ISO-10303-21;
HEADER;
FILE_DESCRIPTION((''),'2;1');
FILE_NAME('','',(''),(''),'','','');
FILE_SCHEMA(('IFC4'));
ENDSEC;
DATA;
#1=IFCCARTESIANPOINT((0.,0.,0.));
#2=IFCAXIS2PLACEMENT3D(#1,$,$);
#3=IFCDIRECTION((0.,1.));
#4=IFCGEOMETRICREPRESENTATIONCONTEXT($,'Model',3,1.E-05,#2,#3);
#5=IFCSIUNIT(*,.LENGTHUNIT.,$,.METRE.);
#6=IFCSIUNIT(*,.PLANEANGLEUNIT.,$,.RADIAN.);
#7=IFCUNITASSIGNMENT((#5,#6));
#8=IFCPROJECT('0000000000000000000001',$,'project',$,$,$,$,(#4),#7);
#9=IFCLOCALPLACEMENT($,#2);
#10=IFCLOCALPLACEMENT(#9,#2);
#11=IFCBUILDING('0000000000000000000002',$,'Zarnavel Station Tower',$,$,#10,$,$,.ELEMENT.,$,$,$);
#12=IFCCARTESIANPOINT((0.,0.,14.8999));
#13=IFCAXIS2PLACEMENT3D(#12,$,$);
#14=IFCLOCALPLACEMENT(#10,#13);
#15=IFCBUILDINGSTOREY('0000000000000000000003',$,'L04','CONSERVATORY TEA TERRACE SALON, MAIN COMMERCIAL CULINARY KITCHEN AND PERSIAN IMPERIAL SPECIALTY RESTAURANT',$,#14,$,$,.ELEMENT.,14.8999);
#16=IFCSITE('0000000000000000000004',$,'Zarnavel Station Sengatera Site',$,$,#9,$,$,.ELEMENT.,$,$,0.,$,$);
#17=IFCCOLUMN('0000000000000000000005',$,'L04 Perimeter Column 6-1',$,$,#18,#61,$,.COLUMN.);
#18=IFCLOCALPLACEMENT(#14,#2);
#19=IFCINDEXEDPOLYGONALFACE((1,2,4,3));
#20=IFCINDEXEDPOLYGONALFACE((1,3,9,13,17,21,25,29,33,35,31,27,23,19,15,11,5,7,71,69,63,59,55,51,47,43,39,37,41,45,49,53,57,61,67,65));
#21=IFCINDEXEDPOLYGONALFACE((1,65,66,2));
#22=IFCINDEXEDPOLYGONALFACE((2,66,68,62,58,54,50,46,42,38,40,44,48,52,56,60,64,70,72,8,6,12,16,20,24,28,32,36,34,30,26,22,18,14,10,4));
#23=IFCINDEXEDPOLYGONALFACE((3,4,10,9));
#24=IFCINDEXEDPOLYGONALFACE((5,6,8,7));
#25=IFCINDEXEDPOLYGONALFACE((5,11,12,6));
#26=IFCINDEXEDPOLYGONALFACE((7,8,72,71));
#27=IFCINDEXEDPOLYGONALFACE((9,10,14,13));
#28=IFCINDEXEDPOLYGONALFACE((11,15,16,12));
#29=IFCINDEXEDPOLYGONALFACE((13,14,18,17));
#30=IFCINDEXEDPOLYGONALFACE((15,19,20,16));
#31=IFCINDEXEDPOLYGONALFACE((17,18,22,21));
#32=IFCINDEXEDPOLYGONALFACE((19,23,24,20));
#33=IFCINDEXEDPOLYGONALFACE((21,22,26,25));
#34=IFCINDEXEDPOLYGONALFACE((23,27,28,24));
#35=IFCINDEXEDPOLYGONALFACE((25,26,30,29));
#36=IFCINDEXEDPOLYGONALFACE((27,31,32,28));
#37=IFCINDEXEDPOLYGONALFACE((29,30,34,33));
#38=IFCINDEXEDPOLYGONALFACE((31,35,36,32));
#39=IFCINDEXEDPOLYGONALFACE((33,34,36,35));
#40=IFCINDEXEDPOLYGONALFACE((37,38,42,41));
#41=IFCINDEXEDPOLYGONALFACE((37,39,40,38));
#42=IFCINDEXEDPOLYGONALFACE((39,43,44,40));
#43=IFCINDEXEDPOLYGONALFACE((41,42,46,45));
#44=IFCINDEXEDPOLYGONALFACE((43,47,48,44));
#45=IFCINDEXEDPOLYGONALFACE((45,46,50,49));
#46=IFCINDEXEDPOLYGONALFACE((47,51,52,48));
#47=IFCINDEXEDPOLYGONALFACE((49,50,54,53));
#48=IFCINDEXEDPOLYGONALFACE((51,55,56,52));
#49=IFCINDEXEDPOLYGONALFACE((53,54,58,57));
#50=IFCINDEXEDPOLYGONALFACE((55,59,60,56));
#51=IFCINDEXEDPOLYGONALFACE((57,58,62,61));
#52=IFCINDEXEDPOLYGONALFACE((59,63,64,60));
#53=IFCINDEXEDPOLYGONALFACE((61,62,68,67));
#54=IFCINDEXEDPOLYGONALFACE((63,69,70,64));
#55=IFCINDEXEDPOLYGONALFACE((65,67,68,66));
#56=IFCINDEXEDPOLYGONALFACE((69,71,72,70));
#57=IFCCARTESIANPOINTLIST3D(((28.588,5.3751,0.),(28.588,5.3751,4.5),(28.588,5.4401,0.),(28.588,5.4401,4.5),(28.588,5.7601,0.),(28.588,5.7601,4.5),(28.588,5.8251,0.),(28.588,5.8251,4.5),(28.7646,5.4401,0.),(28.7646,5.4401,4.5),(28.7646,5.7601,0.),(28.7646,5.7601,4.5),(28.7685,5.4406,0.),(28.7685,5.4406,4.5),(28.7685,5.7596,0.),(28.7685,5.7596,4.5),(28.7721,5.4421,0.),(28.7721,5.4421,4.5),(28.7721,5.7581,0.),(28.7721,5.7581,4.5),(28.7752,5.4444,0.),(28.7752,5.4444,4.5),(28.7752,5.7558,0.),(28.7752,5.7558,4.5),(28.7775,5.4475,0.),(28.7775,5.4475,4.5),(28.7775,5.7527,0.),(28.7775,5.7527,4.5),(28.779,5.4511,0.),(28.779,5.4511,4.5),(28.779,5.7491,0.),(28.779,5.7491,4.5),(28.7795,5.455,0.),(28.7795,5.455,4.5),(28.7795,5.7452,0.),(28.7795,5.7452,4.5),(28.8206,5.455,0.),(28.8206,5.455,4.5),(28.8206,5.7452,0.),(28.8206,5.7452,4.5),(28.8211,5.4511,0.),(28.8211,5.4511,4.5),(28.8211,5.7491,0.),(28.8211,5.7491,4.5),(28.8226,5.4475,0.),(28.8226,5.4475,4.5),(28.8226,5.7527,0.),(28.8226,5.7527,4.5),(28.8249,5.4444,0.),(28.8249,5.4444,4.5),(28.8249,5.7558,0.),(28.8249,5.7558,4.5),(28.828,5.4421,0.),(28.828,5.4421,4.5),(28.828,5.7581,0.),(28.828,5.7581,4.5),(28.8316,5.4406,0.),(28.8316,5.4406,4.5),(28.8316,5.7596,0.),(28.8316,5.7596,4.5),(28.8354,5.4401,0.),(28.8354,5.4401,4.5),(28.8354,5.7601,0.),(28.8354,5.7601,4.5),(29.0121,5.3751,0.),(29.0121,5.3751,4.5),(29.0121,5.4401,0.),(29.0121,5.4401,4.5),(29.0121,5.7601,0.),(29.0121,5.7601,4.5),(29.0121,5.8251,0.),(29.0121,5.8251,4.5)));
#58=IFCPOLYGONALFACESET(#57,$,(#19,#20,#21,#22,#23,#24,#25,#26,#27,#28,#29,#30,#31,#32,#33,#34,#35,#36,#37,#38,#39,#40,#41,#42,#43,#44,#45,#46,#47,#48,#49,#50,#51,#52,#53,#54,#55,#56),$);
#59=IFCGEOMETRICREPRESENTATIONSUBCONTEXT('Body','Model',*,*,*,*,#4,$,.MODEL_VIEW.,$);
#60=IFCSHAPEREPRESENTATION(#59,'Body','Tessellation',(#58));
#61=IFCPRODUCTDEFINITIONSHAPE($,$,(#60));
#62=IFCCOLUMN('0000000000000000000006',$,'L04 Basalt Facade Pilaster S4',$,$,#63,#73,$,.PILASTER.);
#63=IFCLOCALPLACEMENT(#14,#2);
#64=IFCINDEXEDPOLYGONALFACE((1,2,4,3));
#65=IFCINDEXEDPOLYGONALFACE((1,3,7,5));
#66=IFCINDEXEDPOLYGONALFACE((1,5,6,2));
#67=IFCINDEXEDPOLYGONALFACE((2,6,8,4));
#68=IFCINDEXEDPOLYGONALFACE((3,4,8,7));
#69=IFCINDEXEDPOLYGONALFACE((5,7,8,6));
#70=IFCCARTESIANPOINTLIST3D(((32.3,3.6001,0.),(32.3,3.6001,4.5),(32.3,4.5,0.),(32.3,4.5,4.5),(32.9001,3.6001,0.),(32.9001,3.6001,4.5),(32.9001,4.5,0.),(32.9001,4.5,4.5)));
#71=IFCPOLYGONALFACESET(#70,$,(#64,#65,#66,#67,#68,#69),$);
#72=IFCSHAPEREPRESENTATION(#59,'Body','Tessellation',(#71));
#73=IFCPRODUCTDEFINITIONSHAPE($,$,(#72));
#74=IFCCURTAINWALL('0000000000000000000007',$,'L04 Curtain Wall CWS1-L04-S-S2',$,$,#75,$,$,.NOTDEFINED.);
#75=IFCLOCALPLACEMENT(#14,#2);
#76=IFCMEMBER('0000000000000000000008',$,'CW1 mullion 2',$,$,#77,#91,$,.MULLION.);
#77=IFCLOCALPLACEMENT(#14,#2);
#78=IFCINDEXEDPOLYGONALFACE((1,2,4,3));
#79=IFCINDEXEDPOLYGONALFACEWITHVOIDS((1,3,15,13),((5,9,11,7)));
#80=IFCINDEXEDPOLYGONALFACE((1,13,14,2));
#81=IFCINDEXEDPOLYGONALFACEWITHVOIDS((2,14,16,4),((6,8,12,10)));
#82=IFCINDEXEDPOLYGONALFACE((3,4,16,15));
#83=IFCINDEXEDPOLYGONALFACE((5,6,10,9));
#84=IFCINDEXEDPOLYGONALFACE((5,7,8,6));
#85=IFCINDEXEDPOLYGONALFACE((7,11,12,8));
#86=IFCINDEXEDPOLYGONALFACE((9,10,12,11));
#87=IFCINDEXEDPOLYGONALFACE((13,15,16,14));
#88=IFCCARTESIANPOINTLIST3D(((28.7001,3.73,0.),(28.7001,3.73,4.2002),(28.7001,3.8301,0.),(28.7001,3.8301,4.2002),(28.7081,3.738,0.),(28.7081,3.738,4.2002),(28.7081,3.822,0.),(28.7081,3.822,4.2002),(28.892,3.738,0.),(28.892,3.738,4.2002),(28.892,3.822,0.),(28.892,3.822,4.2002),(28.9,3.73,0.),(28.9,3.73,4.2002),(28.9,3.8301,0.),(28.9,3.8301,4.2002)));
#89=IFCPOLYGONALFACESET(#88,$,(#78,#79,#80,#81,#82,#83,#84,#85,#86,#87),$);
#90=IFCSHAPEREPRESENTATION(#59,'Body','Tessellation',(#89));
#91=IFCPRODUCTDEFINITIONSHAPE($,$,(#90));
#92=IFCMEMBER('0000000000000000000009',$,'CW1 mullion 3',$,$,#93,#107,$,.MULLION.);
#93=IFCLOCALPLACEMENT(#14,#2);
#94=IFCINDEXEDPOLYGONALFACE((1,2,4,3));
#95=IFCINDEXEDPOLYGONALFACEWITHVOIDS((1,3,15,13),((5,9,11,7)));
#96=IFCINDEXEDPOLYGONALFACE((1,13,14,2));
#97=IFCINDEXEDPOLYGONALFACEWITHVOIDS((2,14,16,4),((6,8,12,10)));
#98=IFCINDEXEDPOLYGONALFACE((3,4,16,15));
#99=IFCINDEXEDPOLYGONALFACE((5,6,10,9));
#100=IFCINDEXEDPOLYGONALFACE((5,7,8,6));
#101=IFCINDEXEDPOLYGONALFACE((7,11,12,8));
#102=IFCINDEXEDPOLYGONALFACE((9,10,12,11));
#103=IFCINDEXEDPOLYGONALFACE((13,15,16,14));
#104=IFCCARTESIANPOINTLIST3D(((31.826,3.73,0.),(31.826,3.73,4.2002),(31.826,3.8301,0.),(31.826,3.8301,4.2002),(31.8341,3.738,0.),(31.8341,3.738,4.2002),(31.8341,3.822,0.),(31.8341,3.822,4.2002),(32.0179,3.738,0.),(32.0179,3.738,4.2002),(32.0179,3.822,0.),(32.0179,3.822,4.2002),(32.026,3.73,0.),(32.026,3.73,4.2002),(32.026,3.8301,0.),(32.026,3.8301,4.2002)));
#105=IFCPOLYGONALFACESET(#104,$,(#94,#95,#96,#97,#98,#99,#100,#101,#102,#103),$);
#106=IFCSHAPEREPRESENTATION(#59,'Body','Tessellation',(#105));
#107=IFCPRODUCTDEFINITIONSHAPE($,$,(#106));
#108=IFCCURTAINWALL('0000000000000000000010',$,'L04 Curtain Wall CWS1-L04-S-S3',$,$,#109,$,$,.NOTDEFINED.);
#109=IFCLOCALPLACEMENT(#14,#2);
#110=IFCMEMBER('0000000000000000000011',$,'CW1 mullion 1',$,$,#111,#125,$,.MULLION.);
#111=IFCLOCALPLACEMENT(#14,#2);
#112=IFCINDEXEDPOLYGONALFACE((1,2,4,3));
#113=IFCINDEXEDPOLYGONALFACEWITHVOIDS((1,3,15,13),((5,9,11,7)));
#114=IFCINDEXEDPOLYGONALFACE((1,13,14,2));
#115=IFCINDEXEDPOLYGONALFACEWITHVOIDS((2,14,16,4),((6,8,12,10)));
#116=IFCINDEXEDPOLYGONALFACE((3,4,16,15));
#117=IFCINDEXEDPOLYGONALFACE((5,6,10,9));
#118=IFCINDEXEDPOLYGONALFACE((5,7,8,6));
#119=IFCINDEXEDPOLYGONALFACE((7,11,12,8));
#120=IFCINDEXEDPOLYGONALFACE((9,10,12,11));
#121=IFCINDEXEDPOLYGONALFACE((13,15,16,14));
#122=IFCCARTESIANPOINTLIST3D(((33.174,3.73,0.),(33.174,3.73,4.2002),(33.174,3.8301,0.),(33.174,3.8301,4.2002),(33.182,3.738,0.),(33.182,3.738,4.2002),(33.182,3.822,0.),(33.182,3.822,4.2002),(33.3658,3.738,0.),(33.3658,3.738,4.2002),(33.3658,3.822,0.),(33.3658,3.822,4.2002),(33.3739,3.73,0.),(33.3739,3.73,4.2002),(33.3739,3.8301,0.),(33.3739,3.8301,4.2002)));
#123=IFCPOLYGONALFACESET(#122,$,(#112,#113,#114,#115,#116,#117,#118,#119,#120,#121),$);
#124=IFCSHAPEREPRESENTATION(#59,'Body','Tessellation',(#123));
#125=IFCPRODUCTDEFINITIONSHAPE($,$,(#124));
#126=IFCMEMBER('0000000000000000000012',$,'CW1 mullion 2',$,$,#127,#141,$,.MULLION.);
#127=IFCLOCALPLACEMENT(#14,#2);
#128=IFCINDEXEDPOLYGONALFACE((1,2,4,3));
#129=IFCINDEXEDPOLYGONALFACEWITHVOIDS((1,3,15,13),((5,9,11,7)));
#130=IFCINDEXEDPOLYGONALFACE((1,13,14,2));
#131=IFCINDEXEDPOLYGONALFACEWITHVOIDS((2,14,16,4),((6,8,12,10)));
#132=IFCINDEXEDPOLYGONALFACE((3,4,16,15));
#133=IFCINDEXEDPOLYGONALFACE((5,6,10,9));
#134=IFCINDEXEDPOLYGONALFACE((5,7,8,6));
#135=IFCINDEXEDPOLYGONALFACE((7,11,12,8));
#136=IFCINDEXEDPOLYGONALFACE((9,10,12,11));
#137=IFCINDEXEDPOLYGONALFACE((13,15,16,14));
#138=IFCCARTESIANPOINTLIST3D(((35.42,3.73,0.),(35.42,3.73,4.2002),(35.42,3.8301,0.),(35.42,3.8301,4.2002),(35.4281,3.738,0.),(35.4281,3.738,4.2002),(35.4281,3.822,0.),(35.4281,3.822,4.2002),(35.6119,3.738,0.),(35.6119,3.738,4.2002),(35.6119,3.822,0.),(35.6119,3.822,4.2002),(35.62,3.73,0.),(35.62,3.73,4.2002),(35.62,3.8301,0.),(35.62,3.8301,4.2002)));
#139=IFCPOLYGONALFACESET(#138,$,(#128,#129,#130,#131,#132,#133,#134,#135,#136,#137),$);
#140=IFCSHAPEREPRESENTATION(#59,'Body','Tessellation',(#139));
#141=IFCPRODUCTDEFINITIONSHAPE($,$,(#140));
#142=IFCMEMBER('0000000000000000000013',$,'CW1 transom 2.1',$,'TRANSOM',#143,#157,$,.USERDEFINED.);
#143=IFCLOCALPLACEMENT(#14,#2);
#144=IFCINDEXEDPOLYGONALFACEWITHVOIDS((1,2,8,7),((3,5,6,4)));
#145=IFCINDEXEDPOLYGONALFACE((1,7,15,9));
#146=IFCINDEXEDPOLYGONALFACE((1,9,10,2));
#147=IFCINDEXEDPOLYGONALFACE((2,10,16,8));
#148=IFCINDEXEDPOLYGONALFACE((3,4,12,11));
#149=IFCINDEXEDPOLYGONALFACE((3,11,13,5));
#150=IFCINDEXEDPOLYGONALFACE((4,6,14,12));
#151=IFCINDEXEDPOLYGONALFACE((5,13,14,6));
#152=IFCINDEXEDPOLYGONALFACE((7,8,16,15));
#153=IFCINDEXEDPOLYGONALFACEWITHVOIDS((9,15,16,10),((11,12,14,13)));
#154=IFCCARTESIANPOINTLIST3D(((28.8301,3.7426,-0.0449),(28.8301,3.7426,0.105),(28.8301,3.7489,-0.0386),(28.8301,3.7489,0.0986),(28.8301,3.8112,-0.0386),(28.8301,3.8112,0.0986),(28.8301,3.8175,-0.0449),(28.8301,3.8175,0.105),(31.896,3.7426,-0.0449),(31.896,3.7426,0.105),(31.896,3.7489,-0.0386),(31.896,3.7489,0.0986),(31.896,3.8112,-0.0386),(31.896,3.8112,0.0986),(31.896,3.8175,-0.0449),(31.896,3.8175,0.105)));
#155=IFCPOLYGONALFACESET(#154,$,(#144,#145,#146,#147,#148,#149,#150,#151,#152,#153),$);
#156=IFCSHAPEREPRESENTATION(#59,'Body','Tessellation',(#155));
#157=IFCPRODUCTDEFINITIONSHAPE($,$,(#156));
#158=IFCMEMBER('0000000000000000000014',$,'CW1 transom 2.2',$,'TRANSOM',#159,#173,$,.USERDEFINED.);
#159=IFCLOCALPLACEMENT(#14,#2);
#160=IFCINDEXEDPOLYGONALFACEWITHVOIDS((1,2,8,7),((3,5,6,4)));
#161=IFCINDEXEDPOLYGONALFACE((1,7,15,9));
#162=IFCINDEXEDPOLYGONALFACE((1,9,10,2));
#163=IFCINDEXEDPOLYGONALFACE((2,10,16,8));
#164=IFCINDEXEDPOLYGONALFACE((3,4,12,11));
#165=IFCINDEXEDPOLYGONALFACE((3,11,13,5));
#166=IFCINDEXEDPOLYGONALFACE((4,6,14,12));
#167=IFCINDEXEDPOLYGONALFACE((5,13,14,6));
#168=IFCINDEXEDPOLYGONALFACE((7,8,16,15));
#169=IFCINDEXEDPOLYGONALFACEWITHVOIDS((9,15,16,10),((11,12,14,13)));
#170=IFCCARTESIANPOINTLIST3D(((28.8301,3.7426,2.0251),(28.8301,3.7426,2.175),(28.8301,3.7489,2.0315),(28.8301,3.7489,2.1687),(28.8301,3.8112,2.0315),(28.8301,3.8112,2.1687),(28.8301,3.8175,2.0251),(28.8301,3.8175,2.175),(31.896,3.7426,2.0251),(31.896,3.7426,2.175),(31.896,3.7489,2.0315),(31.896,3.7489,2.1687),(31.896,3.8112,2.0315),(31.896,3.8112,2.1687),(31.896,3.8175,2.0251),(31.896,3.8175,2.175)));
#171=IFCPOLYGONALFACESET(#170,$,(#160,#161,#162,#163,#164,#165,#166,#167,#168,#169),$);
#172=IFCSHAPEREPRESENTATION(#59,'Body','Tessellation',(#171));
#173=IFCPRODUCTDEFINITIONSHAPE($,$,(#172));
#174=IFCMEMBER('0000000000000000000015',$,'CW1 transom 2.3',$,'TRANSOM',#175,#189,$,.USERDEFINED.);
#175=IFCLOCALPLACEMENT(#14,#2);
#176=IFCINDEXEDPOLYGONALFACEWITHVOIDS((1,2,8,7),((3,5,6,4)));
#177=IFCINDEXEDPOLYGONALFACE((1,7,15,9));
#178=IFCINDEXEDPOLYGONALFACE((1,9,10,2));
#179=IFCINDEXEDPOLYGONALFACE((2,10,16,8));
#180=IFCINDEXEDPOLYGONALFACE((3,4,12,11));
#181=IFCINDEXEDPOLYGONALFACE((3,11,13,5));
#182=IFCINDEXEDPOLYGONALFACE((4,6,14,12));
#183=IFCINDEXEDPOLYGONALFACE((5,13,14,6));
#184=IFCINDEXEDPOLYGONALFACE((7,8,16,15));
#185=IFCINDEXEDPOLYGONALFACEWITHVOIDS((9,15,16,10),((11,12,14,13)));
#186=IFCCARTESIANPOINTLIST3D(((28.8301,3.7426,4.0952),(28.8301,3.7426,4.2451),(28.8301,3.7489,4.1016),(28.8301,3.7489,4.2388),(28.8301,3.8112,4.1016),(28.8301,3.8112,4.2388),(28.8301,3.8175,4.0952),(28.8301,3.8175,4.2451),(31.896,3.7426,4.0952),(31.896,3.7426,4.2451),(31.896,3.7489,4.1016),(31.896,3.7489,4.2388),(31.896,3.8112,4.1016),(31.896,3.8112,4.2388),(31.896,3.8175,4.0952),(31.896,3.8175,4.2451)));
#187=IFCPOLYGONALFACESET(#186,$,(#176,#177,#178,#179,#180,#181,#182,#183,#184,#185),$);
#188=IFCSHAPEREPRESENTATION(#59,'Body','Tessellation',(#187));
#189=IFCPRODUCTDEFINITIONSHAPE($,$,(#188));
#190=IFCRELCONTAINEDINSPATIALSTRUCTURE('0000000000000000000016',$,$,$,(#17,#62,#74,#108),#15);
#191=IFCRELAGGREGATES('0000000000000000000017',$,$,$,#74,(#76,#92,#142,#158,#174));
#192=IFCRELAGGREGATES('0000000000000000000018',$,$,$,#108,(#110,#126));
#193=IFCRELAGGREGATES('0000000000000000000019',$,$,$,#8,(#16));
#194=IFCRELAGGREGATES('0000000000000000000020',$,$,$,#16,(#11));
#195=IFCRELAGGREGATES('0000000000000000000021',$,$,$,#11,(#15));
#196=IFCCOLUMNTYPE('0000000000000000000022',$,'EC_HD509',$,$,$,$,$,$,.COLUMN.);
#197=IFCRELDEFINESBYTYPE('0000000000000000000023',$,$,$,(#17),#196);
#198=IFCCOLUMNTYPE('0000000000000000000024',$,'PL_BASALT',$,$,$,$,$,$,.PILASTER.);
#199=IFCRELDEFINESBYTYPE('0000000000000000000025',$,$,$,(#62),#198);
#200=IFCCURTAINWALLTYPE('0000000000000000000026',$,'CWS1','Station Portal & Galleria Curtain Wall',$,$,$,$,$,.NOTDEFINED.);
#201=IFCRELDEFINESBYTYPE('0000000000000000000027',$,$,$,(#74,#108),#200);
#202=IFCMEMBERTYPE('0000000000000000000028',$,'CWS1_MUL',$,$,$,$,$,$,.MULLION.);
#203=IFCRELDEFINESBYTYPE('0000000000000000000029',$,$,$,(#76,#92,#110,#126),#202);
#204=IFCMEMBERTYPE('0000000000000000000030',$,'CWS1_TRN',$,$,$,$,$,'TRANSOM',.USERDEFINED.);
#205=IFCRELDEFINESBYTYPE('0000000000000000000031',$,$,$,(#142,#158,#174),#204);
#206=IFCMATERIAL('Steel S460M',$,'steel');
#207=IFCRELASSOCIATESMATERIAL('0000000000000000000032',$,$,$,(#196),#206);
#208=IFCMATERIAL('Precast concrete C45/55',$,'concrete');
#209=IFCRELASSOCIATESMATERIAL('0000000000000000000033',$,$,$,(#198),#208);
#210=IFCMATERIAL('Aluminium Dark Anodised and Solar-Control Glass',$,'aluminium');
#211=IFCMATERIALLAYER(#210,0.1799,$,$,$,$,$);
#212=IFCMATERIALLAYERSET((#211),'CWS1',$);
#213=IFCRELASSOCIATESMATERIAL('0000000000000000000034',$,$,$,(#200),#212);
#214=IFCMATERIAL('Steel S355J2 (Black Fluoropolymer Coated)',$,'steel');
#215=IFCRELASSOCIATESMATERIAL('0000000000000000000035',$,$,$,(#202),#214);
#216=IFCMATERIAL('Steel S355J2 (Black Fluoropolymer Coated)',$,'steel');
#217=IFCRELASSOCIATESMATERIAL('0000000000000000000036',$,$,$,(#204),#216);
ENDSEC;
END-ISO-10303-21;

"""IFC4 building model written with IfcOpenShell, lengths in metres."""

from ifc_helpers import new_model, si_unit, direction, frame, origin, origin_2d, place, context, subcontext, project, spatial, rectangle, hollow_rectangle, i_section, extrude, material, layer, layer_set, material_profile, profile_set, type_object, element, aggregate, save


model = new_model("IFC4")

# Units and contexts
model_context = context("Model", 3, precision=1e-05, world=origin(), true_north=direction((0.0, 1.0)))
body_context = subcontext(model_context, "Body", "Model", "MODEL_VIEW")
ifc_project = project(units=[si_unit("LENGTHUNIT", "METRE"), si_unit("PLANEANGLEUNIT", "RADIAN")], contexts=[model_context])

# Site, building, storey
site_placement = place(None, origin())
site = spatial("IfcSite", under=ifc_project, at=site_placement, Name="Zarnavel Station Sengatera Site", CompositionType="ELEMENT", RefElevation=0.0)
building_placement = place(site_placement, origin())
building = spatial("IfcBuilding", under=site, at=building_placement, Name="Zarnavel Station Tower", CompositionType="ELEMENT")
storey_placement = place(building_placement, frame((0.0, 0.0, 14.8999)))
storey = spatial("IfcBuildingStorey", under=building, at=storey_placement, Name="L04", Description="CONSERVATORY TEA TERRACE SALON, MAIN COMMERCIAL CULINARY KITCHEN AND PERSIAN IMPERIAL SPECIALTY RESTAURANT", CompositionType="ELEMENT", Elevation=14.8999)

# Columns
ifc_material_1 = material(Name="Steel S460M", Category="steel")
ifc_material_profile_1 = material_profile(ifc_material_1, i_section(OverallWidth=0.4241, OverallDepth=0.45, WebThickness=0.041, FlangeThickness=0.0649, FilletRadius=0.0149, at=origin_2d()), Name="HD400x509")
ifc_profile_set_1 = profile_set([ifc_material_profile_1], Name="Steel S460M")
column_type_1 = type_object("IfcColumnType", Name="EC_HD509", PredefinedType="COLUMN", material=ifc_profile_set_1)
column_1_placement = place(storey_placement, frame((28.8, 5.6001, 0.0), z_axis=(0.0, 0.0, 1.0), x_axis=(1.0, 0.0, 0.0)))
element("IfcColumn", 1, at=column_1_placement, inside=storey, type_object=column_type_1, Name="L04 Perimeter Column 6-1", PredefinedType="COLUMN", context=body_context, shape_type="SweptSolid", body=[
    extrude(i_section(OverallWidth=0.4241, OverallDepth=0.45, WebThickness=0.041, FlangeThickness=0.0649, FilletRadius=0.0149, at=origin_2d()), origin(), (0.0, 0.0, 1.0), 4.5),
])
ifc_material_2 = material(Name="Precast concrete C45/55", Category="concrete")
ifc_material_profile_2 = material_profile(ifc_material_2, rectangle(XDim=0.6001, YDim=0.8999, at=origin_2d()), Name="RC600x900")
ifc_profile_set_2 = profile_set([ifc_material_profile_2], Name="Precast concrete C45/55")
column_type_2 = type_object("IfcColumnType", Name="PL_BASALT", PredefinedType="PILASTER", material=ifc_profile_set_2)
column_2_placement = place(storey_placement, frame((32.6001, 4.05, 0.0), z_axis=(0.0, 0.0, 1.0), x_axis=(1.0, 0.0, 0.0)))
element("IfcColumn", 2, at=column_2_placement, inside=storey, type_object=column_type_2, Name="L04 Basalt Facade Pilaster S4", PredefinedType="PILASTER", context=body_context, shape_type="SweptSolid", body=[
    extrude(rectangle(XDim=0.6001, YDim=0.8999, at=origin_2d()), origin(), (0.0, 0.0, 1.0), 4.5),
])

# Curtain walls, members
ifc_material_3 = material(Name="Aluminium Dark Anodised and Solar-Control Glass", Category="aluminium")
ifc_layer_1 = layer(ifc_material_3, 0.1799)
ifc_layer_set_1 = layer_set([ifc_layer_1], Name="CWS1")
curtain_wall_type = type_object("IfcCurtainWallType", Name="CWS1", Description="Station Portal & Galleria Curtain Wall", PredefinedType="NOTDEFINED", material=ifc_layer_set_1)
curtain_wall_1_placement = place(storey_placement, origin())
curtain_wall_1 = element("IfcCurtainWall", 3, at=curtain_wall_1_placement, inside=storey, type_object=curtain_wall_type, Name="L04 Curtain Wall CWS1-L04-S-S2", PredefinedType="NOTDEFINED")
ifc_material_4 = material(Name="Steel S355J2 (Black Fluoropolymer Coated)", Category="steel")
ifc_material_profile_3 = material_profile(ifc_material_4, hollow_rectangle(XDim=0.1001, YDim=0.2, WallThickness=0.0081, at=origin_2d()), Name="RHS200x100x8")
ifc_profile_set_3 = profile_set([ifc_material_profile_3], Name="Steel S355J2 (Black Fluoropolymer Coated)")
member_type_1 = type_object("IfcMemberType", Name="CWS1_MUL", PredefinedType="MULLION", material=ifc_profile_set_3)
member_1_placement = place(storey_placement, frame((28.8, 3.78, 0.0), z_axis=(0.0, 0.0, 1.0), x_axis=(0.0, 1.0, 0.0)))
member_1 = element("IfcMember", 4, at=member_1_placement, type_object=member_type_1, Name="CW1 mullion 2", PredefinedType="MULLION", context=body_context, shape_type="SweptSolid", body=[
    extrude(hollow_rectangle(XDim=0.1001, YDim=0.2, WallThickness=0.0081, at=origin_2d()), origin(), (0.0, 0.0, 1.0), 4.2002),
])
member_2_placement = place(storey_placement, frame((31.926, 3.78, 0.0), z_axis=(0.0, 0.0, 1.0), x_axis=(0.0, 1.0, 0.0)))
member_2 = element("IfcMember", 5, at=member_2_placement, type_object=member_type_1, Name="CW1 mullion 3", PredefinedType="MULLION", context=body_context, shape_type="SweptSolid", body=[
    extrude(hollow_rectangle(XDim=0.1001, YDim=0.2, WallThickness=0.0081, at=origin_2d()), origin(), (0.0, 0.0, 1.0), 4.2002),
])
curtain_wall_2_placement = place(storey_placement, origin())
curtain_wall_2 = element("IfcCurtainWall", 6, at=curtain_wall_2_placement, inside=storey, type_object=curtain_wall_type, Name="L04 Curtain Wall CWS1-L04-S-S3", PredefinedType="NOTDEFINED")
member_3_placement = place(storey_placement, frame((33.2739, 3.78, 0.0), z_axis=(0.0, 0.0, 1.0), x_axis=(0.0, 1.0, 0.0)))
member_3 = element("IfcMember", 7, at=member_3_placement, type_object=member_type_1, Name="CW1 mullion 1", PredefinedType="MULLION", context=body_context, shape_type="SweptSolid", body=[
    extrude(hollow_rectangle(XDim=0.1001, YDim=0.2, WallThickness=0.0081, at=origin_2d()), origin(), (0.0, 0.0, 1.0), 4.2002),
])
member_4_placement = place(storey_placement, frame((35.52, 3.78, 0.0), z_axis=(0.0, 0.0, 1.0), x_axis=(0.0, 1.0, 0.0)))
member_4 = element("IfcMember", 8, at=member_4_placement, type_object=member_type_1, Name="CW1 mullion 2", PredefinedType="MULLION", context=body_context, shape_type="SweptSolid", body=[
    extrude(hollow_rectangle(XDim=0.1001, YDim=0.2, WallThickness=0.0081, at=origin_2d()), origin(), (0.0, 0.0, 1.0), 4.2002),
])

# Members
ifc_material_5 = material(Name="Steel S355J2 (Black Fluoropolymer Coated)", Category="steel")
ifc_material_profile_4 = material_profile(ifc_material_5, hollow_rectangle(XDim=0.075, YDim=0.1499, WallThickness=0.0063, at=origin_2d()), Name="RHS150x75x6.3")
ifc_profile_set_4 = profile_set([ifc_material_profile_4], Name="Steel S355J2 (Black Fluoropolymer Coated)")
member_type_2 = type_object("IfcMemberType", Name="CWS1_TRN", ElementType="TRANSOM", PredefinedType="USERDEFINED", material=ifc_profile_set_4)
member_5_placement = place(storey_placement, frame((28.8301, 3.78, 0.03), z_axis=(1.0, 0.0, 0.0), x_axis=(0.0, 1.0, 0.0)))
member_5 = element("IfcMember", 9, at=member_5_placement, type_object=member_type_2, Name="CW1 transom 2.1", ObjectType="TRANSOM", PredefinedType="USERDEFINED", context=body_context, shape_type="SweptSolid", body=[
    extrude(hollow_rectangle(XDim=0.075, YDim=0.1499, WallThickness=0.0063, at=origin_2d()), origin(), (0.0, 0.0, 1.0), 3.0659),
])
member_6_placement = place(storey_placement, frame((28.8301, 3.78, 2.1001), z_axis=(1.0, 0.0, 0.0), x_axis=(0.0, 1.0, 0.0)))
member_6 = element("IfcMember", 10, at=member_6_placement, type_object=member_type_2, Name="CW1 transom 2.2", ObjectType="TRANSOM", PredefinedType="USERDEFINED", context=body_context, shape_type="SweptSolid", body=[
    extrude(hollow_rectangle(XDim=0.075, YDim=0.1499, WallThickness=0.0063, at=origin_2d()), origin(), (0.0, 0.0, 1.0), 3.0659),
])
member_7_placement = place(storey_placement, frame((28.8301, 3.78, 4.1702), z_axis=(1.0, 0.0, 0.0), x_axis=(0.0, 1.0, 0.0)))
member_7 = element("IfcMember", 11, at=member_7_placement, type_object=member_type_2, Name="CW1 transom 2.3", ObjectType="TRANSOM", PredefinedType="USERDEFINED", context=body_context, shape_type="SweptSolid", body=[
    extrude(hollow_rectangle(XDim=0.075, YDim=0.1499, WallThickness=0.0063, at=origin_2d()), origin(), (0.0, 0.0, 1.0), 3.0659),
])

aggregate(curtain_wall_1, [member_1, member_2, member_5, member_6, member_7])
aggregate(curtain_wall_2, [member_3, member_4])

save(model, "model.ifc")
